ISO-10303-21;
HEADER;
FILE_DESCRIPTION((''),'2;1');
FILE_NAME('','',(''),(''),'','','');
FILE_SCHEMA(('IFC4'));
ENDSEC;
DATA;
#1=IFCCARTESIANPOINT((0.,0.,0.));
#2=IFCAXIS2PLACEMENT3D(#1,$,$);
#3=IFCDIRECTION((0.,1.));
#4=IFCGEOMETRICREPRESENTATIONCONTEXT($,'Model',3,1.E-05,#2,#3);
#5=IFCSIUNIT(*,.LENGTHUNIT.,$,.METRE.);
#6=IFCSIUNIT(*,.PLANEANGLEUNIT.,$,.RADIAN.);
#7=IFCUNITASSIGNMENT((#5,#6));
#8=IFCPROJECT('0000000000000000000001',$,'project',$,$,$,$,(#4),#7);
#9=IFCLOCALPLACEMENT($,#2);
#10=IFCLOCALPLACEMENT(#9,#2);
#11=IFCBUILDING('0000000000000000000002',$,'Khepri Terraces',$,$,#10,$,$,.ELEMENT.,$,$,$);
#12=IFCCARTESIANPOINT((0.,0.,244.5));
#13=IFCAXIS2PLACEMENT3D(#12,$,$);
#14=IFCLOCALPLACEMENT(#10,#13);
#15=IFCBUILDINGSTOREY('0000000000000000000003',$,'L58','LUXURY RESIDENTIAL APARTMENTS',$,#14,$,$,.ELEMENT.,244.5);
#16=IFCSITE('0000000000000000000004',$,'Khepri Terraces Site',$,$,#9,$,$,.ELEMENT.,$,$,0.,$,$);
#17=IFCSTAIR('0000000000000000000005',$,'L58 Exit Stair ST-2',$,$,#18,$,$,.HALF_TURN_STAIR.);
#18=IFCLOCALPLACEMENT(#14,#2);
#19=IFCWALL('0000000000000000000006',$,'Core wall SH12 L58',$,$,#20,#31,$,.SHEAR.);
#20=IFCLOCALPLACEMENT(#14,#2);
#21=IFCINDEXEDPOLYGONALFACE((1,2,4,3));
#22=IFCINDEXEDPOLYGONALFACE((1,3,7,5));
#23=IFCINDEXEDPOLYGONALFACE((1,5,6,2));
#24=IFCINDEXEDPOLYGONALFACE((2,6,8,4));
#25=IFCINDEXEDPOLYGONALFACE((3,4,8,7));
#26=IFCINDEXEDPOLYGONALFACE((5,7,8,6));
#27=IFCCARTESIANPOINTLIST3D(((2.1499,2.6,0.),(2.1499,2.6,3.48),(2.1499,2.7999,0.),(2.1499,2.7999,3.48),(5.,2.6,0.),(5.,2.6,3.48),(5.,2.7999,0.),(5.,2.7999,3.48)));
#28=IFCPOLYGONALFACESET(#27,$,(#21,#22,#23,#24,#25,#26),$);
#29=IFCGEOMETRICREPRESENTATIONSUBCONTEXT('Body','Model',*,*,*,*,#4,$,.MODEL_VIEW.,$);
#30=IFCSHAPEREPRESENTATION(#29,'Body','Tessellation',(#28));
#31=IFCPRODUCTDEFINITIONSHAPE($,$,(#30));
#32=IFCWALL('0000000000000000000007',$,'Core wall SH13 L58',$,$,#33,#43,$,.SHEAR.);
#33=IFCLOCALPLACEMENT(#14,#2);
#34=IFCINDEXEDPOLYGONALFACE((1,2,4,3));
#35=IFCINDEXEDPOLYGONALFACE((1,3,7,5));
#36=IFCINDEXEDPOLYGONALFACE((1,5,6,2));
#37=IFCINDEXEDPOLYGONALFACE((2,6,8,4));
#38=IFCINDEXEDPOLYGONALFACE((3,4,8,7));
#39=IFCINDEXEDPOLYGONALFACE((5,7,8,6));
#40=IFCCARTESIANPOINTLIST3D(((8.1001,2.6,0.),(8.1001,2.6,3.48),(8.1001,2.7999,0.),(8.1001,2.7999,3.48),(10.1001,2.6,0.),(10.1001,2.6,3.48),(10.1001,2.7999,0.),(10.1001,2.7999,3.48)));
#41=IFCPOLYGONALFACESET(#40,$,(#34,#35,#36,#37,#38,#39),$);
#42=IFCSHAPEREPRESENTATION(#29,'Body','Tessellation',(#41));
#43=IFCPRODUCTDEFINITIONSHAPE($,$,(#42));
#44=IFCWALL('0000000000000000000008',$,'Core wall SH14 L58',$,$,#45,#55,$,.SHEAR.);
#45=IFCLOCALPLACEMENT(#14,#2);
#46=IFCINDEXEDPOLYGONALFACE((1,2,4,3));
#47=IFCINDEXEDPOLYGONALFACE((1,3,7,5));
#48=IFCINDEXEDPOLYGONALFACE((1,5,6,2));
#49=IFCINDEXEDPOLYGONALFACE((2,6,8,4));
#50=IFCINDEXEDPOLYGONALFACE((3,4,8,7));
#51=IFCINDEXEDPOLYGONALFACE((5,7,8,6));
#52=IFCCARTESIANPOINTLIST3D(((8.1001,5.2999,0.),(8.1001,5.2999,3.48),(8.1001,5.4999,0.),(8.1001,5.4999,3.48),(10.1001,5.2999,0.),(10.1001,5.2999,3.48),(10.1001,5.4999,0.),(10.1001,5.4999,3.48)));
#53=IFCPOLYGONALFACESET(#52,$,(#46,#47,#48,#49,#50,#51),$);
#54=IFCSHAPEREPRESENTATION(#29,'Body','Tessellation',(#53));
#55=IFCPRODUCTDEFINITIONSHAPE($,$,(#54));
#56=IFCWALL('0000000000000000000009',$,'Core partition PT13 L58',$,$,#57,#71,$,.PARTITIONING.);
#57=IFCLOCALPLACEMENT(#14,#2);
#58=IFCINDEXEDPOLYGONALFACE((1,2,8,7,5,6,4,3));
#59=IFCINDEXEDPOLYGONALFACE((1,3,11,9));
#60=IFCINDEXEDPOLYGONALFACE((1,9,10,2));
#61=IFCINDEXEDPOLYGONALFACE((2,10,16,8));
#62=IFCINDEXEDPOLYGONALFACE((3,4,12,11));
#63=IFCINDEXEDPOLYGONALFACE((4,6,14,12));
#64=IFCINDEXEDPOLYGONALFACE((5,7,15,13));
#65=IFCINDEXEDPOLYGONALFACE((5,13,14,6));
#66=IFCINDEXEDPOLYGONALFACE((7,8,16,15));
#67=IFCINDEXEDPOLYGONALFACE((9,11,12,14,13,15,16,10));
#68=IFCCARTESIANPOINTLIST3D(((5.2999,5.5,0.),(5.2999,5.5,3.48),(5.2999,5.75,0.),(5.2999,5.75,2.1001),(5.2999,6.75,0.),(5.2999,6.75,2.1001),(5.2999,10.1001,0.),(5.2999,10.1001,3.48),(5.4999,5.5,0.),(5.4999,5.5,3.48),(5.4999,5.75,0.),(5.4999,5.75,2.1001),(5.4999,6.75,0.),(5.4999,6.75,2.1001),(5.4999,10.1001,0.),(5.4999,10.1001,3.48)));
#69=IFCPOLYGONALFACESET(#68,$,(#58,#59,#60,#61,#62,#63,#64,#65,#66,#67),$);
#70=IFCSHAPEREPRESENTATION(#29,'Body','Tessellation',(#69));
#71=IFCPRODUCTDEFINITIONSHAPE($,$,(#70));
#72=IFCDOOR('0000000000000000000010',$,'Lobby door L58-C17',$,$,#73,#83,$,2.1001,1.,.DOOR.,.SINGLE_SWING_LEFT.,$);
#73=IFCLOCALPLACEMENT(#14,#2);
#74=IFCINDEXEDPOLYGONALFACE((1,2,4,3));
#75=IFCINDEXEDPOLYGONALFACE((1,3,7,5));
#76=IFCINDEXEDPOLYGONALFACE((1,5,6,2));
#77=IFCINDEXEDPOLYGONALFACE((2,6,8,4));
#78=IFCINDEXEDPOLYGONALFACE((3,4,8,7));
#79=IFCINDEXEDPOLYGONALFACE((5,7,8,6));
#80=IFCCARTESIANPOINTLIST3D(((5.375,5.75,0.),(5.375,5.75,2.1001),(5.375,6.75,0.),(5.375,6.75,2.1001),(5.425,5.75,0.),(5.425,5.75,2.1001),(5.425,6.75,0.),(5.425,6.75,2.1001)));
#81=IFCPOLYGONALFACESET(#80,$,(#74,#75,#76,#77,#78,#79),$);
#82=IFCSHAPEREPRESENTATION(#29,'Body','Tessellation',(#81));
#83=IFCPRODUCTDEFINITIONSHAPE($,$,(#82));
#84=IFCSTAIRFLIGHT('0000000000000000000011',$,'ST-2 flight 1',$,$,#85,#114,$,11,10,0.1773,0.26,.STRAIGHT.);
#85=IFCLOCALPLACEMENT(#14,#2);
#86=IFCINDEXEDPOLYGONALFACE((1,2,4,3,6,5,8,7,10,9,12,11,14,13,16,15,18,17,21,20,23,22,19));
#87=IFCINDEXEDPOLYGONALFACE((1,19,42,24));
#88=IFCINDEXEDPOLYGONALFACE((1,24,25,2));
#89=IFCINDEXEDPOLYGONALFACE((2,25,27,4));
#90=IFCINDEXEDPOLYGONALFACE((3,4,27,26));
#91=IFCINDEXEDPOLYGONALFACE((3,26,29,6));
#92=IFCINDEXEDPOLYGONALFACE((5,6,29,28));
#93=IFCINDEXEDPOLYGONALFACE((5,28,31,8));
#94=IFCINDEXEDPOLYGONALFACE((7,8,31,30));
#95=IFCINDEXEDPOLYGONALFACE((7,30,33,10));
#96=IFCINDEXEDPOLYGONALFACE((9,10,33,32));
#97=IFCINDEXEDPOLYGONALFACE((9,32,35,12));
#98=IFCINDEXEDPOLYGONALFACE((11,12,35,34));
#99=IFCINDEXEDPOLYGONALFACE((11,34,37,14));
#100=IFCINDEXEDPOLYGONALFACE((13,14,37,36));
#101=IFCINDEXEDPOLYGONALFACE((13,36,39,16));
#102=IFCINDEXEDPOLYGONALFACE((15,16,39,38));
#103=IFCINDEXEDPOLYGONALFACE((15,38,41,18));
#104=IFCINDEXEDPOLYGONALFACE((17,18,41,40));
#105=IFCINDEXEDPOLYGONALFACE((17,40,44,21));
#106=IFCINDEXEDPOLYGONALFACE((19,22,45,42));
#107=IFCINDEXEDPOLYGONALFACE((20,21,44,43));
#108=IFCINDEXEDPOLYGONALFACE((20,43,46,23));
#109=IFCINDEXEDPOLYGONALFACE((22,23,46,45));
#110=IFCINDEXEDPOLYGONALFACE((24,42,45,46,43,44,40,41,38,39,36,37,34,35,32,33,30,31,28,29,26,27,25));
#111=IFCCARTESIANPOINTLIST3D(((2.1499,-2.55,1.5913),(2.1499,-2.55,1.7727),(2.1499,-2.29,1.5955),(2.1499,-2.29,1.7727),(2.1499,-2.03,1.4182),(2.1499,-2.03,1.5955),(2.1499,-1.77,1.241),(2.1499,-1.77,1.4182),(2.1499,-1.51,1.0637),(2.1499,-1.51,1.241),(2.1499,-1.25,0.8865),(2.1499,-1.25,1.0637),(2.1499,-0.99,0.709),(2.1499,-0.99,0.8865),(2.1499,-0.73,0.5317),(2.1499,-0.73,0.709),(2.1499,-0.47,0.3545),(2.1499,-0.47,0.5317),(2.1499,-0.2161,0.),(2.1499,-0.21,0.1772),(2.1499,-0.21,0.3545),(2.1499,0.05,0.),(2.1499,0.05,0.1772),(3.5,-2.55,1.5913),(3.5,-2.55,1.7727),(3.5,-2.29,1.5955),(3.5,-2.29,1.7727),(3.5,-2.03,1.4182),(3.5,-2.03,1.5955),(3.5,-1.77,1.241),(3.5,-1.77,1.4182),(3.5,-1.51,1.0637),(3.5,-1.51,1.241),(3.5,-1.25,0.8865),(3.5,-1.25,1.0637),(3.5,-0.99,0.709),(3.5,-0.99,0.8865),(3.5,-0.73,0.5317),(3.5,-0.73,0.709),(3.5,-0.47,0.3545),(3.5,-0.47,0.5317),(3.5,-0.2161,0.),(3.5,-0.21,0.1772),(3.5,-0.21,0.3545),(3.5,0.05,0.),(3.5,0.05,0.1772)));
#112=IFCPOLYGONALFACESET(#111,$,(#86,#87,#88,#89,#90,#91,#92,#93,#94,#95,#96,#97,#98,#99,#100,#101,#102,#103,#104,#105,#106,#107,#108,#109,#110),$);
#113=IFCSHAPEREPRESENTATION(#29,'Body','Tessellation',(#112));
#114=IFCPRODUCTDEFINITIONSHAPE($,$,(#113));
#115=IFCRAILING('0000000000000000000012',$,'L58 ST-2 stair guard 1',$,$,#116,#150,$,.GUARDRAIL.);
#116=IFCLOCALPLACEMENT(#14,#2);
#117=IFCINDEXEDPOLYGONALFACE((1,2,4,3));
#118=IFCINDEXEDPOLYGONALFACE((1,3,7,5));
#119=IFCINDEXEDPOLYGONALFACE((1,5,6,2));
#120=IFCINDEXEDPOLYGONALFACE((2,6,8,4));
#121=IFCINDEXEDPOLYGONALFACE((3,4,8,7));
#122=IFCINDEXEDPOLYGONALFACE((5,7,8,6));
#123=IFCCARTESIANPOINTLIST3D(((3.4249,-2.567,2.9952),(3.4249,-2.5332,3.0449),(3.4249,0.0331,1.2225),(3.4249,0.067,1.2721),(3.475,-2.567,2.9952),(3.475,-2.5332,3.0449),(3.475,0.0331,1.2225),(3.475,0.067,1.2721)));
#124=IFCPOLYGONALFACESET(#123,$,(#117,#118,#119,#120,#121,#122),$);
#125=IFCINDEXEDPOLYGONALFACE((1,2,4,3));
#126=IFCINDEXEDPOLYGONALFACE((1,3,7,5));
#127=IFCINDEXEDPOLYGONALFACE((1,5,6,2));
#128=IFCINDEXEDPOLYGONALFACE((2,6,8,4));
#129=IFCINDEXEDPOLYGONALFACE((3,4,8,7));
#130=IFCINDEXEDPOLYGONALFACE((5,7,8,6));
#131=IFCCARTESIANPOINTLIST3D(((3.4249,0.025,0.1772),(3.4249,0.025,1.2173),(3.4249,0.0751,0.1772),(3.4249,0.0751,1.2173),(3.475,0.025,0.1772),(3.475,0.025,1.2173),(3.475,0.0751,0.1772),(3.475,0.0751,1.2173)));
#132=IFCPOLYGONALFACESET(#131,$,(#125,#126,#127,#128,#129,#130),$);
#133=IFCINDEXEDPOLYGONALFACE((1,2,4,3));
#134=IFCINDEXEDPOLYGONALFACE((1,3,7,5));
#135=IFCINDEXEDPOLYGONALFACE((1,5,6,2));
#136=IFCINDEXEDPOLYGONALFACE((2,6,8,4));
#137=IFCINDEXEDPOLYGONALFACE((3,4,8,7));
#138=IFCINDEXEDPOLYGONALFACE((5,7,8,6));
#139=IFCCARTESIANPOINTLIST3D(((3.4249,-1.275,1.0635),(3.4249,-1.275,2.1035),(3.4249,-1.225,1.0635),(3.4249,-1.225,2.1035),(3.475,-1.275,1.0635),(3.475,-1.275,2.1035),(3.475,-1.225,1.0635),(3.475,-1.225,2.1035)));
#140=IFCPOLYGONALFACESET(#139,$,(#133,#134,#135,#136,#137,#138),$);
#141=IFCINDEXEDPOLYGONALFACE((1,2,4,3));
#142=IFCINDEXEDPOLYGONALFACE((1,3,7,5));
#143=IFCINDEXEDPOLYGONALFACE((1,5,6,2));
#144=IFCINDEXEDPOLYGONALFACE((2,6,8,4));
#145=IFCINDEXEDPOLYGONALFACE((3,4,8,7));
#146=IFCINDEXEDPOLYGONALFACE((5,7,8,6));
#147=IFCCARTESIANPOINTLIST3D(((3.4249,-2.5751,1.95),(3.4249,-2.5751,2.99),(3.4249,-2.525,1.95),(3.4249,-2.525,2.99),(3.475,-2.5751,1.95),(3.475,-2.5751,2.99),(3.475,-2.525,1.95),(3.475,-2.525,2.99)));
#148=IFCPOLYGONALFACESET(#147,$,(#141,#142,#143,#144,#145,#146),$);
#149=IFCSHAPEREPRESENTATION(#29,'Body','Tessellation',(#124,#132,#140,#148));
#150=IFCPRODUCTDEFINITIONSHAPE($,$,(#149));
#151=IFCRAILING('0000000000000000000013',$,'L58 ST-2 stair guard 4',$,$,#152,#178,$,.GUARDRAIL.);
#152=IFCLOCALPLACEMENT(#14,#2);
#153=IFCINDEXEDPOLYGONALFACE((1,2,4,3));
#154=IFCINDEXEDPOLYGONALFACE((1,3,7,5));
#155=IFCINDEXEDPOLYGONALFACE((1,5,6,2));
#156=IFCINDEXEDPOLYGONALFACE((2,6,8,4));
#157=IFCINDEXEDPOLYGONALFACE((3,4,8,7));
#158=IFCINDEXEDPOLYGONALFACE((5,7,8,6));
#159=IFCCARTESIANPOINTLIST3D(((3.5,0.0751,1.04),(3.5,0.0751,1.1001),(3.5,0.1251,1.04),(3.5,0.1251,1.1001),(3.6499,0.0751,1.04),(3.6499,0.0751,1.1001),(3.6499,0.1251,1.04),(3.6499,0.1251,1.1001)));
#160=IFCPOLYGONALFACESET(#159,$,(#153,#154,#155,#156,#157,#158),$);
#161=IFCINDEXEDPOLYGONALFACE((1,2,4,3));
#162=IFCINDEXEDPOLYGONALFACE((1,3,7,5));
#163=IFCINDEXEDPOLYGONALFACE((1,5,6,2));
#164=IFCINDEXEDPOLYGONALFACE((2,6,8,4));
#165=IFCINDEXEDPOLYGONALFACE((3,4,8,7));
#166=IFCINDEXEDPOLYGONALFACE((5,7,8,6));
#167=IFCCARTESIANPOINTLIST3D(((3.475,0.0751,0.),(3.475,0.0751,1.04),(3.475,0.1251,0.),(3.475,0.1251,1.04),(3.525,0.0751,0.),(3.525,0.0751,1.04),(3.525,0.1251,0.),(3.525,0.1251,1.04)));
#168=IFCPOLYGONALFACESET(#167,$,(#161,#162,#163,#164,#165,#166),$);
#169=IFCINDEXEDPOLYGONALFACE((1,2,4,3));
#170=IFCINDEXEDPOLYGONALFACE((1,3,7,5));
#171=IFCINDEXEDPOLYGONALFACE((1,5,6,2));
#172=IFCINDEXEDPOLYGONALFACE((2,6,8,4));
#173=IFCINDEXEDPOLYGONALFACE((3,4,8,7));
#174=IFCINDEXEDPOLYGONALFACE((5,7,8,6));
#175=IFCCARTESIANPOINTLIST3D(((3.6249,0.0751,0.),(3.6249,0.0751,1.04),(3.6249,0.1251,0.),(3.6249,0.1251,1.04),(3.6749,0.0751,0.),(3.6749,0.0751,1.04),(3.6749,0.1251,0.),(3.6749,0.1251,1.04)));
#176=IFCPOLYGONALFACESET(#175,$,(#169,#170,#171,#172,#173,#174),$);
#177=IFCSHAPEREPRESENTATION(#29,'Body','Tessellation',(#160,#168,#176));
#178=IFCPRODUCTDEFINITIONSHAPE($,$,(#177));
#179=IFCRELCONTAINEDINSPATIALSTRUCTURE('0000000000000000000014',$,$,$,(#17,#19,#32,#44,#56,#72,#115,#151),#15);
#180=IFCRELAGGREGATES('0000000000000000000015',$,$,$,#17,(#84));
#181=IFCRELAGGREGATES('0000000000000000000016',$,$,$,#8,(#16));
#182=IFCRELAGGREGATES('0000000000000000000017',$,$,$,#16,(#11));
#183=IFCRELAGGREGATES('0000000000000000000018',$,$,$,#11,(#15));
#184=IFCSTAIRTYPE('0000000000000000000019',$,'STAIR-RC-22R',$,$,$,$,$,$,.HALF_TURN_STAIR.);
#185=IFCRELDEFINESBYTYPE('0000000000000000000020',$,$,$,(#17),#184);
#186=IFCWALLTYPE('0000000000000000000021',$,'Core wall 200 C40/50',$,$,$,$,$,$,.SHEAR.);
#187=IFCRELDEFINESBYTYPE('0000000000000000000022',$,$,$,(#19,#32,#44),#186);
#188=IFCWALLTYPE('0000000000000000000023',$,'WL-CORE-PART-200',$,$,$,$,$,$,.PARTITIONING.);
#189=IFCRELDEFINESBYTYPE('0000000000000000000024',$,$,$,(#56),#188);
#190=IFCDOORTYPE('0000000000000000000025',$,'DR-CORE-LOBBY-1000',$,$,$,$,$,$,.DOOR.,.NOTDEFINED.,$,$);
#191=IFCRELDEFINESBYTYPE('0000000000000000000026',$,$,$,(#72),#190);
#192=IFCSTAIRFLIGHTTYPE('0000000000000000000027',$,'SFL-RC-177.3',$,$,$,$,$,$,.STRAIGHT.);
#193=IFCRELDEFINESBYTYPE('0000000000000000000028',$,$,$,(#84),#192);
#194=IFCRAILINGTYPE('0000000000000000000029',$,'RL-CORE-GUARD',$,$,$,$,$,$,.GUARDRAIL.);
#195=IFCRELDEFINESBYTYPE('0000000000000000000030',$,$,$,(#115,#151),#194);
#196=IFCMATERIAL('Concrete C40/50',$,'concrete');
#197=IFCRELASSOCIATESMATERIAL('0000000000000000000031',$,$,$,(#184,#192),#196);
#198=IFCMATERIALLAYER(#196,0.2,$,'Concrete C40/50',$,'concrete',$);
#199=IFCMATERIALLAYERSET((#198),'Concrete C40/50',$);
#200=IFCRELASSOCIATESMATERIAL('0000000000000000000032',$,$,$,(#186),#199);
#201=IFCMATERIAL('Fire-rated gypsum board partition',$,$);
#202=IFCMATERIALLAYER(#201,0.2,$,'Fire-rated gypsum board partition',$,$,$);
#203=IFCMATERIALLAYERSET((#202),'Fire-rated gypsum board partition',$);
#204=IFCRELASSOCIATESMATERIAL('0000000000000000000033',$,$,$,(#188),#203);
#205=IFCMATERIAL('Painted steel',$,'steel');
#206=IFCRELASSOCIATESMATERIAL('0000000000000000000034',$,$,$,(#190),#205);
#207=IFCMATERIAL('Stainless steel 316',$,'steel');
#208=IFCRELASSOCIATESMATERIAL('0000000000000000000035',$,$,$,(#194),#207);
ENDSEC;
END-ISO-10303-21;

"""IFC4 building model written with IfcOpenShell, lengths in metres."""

from ifc_helpers import new_model, si_unit, direction, frame, frame_2d, origin, origin_2d, place, context, subcontext, project, spatial, polyline, rectangle, outline, extrude, material, layer, layer_set, type_object, element, fill, aggregate, save


model = new_model("IFC4")

# Units and contexts
model_context = context("Model", 3, precision=1e-05, world=origin(), true_north=direction((0.0, 1.0)))
body_context = subcontext(model_context, "Body", "Model", "MODEL_VIEW")
ifc_project = project(units=[si_unit("LENGTHUNIT", "METRE"), si_unit("PLANEANGLEUNIT", "RADIAN")], contexts=[model_context])

# Site, building, storey
site_placement = place(None, origin())
site = spatial("IfcSite", under=ifc_project, at=site_placement, Name="Khepri Terraces Site", CompositionType="ELEMENT", RefElevation=0.0)
building_placement = place(site_placement, origin())
building = spatial("IfcBuilding", under=site, at=building_placement, Name="Khepri Terraces", CompositionType="ELEMENT")
storey_placement = place(building_placement, frame((0.0, 0.0, 244.5)))
storey = spatial("IfcBuildingStorey", under=building, at=storey_placement, Name="L58", Description="LUXURY RESIDENTIAL APARTMENTS", CompositionType="ELEMENT", Elevation=244.5)

# Shared definitions
ifc_material_1 = material(Name="Concrete C40/50", Category="concrete")
stair_type = type_object("IfcStairType", Name="STAIR-RC-22R", PredefinedType="HALF_TURN_STAIR", material=ifc_material_1)

# Stair
stair_1_placement = place(storey_placement, origin())
stair_1 = element("IfcStair", 1, at=stair_1_placement, inside=storey, type_object=stair_type, Name="L58 Exit Stair ST-2", PredefinedType="HALF_TURN_STAIR")

# Shared definitions
ifc_layer_1 = layer(ifc_material_1, 0.2, Name="Concrete C40/50", Category="concrete")
ifc_layer_set_1 = layer_set([ifc_layer_1], Name="Concrete C40/50")
wall_type_1 = type_object("IfcWallType", Name="Core wall 200 C40/50", PredefinedType="SHEAR", material=ifc_layer_set_1)

# Shared definitions
ifc_material_2 = material(Name="Painted steel", Category="steel")

# Walls
wall_1_placement = place(storey_placement, frame((2.1499, 2.7, 0.0), z_axis=(0.0, 0.0, 1.0), x_axis=(1.0, 0.0, 0.0)))
element("IfcWall", 2, at=wall_1_placement, inside=storey, type_object=wall_type_1, Name="Core wall SH12 L58", PredefinedType="SHEAR", context=body_context, shape_type="SweptSolid", body=[
    extrude(rectangle(XDim=2.8501, YDim=0.2, at=frame_2d((1.425, 0.0))), origin(), (0.0, 0.0, 1.0), 3.48),
])
for number, where, z_axis, x_axis, name in (
    (3, (8.1001, 2.7, 0.0), (0.0, 0.0, 1.0), (1.0, 0.0, 0.0), "Core wall SH13 L58"),
    (4, (8.1001, 5.3999, 0.0), (0.0, 0.0, 1.0), (1.0, 0.0, 0.0), "Core wall SH14 L58"),
):
    element("IfcWall", number, at=place(storey_placement, frame(where, z_axis=z_axis, x_axis=x_axis)), inside=storey, type_object=wall_type_1, Name=name, PredefinedType="SHEAR", context=body_context, shape_type="SweptSolid", body=[
        extrude(rectangle(XDim=2.0, YDim=0.2, at=frame_2d((1.0, 0.0))), origin(), (0.0, 0.0, 1.0), 3.48),
    ])

# Wall, opening, door
ifc_material_3 = material(Name="Fire-rated gypsum board partition")
ifc_layer_2 = layer(ifc_material_3, 0.2, Name="Fire-rated gypsum board partition")
ifc_layer_set_2 = layer_set([ifc_layer_2], Name="Fire-rated gypsum board partition")
wall_type_2 = type_object("IfcWallType", Name="WL-CORE-PART-200", PredefinedType="PARTITIONING", material=ifc_layer_set_2)
wall_2_placement = place(storey_placement, frame((5.3999, 5.5, 0.0), z_axis=(0.0, 0.0, 1.0), x_axis=(0.0, 1.0, 0.0)))
wall_2 = element("IfcWall", 5, at=wall_2_placement, inside=storey, type_object=wall_type_2, Name="Core partition PT13 L58", PredefinedType="PARTITIONING", context=body_context, shape_type="SweptSolid", body=[
    extrude(rectangle(XDim=4.6001, YDim=0.2, at=frame_2d((2.3, 0.0))), origin(), (0.0, 0.0, 1.0), 3.48),
])
opening_1_placement = place(wall_2_placement, frame((0.25, 0.0, 0.0)))
opening_1 = element("IfcOpeningElement", 6, at=opening_1_placement, cuts=wall_2, PredefinedType="OPENING", context=body_context, shape_type="SweptSolid", body=[
    extrude(rectangle(XDim=1.0, YDim=2.1001, at=frame_2d((0.5, 1.05))), frame((0.0, 0.1099, 0.0), z_axis=(0.0, -1.0, 0.0), x_axis=(1.0, 0.0, 0.0)), (0.0, 0.0, 1.0), 0.22),
])
door_type_1 = type_object("IfcDoorType", Name="DR-CORE-LOBBY-1000", OperationType="NOTDEFINED", PredefinedType="DOOR", material=ifc_material_2)
door_1_placement = place(opening_1_placement, origin())
door_1 = element("IfcDoor", 7, at=door_1_placement, inside=storey, type_object=door_type_1, Name="Lobby door L58-C17", OperationType="SINGLE_SWING_LEFT", OverallHeight=2.1001, OverallWidth=1.0, PredefinedType="DOOR", context=body_context, shape_type="SweptSolid", body=[
    extrude(rectangle(XDim=1.0, YDim=2.1001, at=frame_2d((0.5, 1.05))), frame((0.0, 0.0249, 0.0), z_axis=(0.0, -1.0, 0.0), x_axis=(1.0, 0.0, 0.0)), (0.0, 0.0, 1.0), 0.05),
])
fill(opening_1, door_1)

# Stair flight
stair_flight_type = type_object("IfcStairFlightType", Name="SFL-RC-177.3", PredefinedType="STRAIGHT", material=ifc_material_1)
stair_flight_placement = place(storey_placement, frame((2.825, 0.05, 0.0), z_axis=(0.0, 0.0, 1.0), x_axis=(0.0, -1.0, 0.0)))
stair_flight = element("IfcStairFlight", 8, at=stair_flight_placement, type_object=stair_flight_type, Name="ST-2 flight 1", NumberOfRisers=11, NumberOfTreads=10, PredefinedType="STRAIGHT", RiserHeight=0.1773, TreadLength=0.26, context=body_context, shape_type="SweptSolid", body=[
    extrude(outline(polyline([(0.0, 0.0), (0.0, 0.1772), (0.26, 0.1772), (0.26, 0.3545), (0.52, 0.3545), (0.52, 0.5317), (0.78, 0.5317), (0.78, 0.709), (1.04, 0.709), (1.04, 0.8865), (1.3, 0.8865), (1.3, 1.0637), (1.5601, 1.0637), (1.5601, 1.241), (1.8201, 1.241), (1.8201, 1.4182), (2.0801, 1.4182), (2.0801, 1.5955), (2.3401, 1.5955), (2.3401, 1.7727), (2.6001, 1.7727), (2.6001, 1.95), (2.6001, 1.5913), (0.2661, 0.0), (0.0, 0.0)])), frame((0.0, 0.675, 0.0), z_axis=(0.0, -1.0, 0.0), x_axis=(1.0, 0.0, 0.0)), (0.0, 0.0, 1.0), 1.3501),
])
aggregate(stair_1, [stair_flight])

# Railings
ifc_material_4 = material(Name="Stainless steel 316", Category="steel")
railing_type_1 = type_object("IfcRailingType", Name="RL-CORE-GUARD", PredefinedType="GUARDRAIL", material=ifc_material_4)
railing_1_placement = place(storey_placement, frame((3.45, 0.05, 0.1772)))
element("IfcRailing", 9, at=railing_1_placement, inside=storey, type_object=railing_type_1, Name="L58 ST-2 stair guard 1", PredefinedType="GUARDRAIL", context=body_context, shape_type="SweptSolid", body=[
    extrude(rectangle(XDim=0.05, YDim=0.0601, at=origin_2d()), frame((0.0, 0.0, 1.0701), z_axis=(0.0, -0.82624, 0.563318), x_axis=(1.0, 0.0, 0.0)), (0.0, 0.0, 1.0), 3.147),
    extrude(rectangle(XDim=0.05, YDim=0.05, at=origin_2d()), origin(), (0.0, 0.0, 1.0), 1.04),
    extrude(rectangle(XDim=0.05, YDim=0.05, at=origin_2d()), frame((0.0, -1.3, 0.8862)), (0.0, 0.0, 1.0), 1.04),
    extrude(rectangle(XDim=0.05, YDim=0.05, at=origin_2d()), frame((0.0, -2.6001, 1.7727)), (0.0, 0.0, 1.0), 1.04),
])
railing_2_placement = place(storey_placement, frame((3.5, 0.1001, 0.0)))
element("IfcRailing", 10, at=railing_2_placement, inside=storey, type_object=railing_type_1, Name="L58 ST-2 stair guard 4", PredefinedType="GUARDRAIL", context=body_context, shape_type="SweptSolid", body=[
    extrude(rectangle(XDim=0.05, YDim=0.0601, at=origin_2d()), frame((0.0, 0.0, 1.0701), z_axis=(1.0, 0.0, 0.0), x_axis=(0.0, 1.0, 0.0)), (0.0, 0.0, 1.0), 0.1499),
    extrude(rectangle(XDim=0.05, YDim=0.05, at=origin_2d()), origin(), (0.0, 0.0, 1.0), 1.04),
    extrude(rectangle(XDim=0.05, YDim=0.05, at=origin_2d()), frame((0.1499, 0.0, 0.0)), (0.0, 0.0, 1.0), 1.04),
])

save(model, "model.ifc")
